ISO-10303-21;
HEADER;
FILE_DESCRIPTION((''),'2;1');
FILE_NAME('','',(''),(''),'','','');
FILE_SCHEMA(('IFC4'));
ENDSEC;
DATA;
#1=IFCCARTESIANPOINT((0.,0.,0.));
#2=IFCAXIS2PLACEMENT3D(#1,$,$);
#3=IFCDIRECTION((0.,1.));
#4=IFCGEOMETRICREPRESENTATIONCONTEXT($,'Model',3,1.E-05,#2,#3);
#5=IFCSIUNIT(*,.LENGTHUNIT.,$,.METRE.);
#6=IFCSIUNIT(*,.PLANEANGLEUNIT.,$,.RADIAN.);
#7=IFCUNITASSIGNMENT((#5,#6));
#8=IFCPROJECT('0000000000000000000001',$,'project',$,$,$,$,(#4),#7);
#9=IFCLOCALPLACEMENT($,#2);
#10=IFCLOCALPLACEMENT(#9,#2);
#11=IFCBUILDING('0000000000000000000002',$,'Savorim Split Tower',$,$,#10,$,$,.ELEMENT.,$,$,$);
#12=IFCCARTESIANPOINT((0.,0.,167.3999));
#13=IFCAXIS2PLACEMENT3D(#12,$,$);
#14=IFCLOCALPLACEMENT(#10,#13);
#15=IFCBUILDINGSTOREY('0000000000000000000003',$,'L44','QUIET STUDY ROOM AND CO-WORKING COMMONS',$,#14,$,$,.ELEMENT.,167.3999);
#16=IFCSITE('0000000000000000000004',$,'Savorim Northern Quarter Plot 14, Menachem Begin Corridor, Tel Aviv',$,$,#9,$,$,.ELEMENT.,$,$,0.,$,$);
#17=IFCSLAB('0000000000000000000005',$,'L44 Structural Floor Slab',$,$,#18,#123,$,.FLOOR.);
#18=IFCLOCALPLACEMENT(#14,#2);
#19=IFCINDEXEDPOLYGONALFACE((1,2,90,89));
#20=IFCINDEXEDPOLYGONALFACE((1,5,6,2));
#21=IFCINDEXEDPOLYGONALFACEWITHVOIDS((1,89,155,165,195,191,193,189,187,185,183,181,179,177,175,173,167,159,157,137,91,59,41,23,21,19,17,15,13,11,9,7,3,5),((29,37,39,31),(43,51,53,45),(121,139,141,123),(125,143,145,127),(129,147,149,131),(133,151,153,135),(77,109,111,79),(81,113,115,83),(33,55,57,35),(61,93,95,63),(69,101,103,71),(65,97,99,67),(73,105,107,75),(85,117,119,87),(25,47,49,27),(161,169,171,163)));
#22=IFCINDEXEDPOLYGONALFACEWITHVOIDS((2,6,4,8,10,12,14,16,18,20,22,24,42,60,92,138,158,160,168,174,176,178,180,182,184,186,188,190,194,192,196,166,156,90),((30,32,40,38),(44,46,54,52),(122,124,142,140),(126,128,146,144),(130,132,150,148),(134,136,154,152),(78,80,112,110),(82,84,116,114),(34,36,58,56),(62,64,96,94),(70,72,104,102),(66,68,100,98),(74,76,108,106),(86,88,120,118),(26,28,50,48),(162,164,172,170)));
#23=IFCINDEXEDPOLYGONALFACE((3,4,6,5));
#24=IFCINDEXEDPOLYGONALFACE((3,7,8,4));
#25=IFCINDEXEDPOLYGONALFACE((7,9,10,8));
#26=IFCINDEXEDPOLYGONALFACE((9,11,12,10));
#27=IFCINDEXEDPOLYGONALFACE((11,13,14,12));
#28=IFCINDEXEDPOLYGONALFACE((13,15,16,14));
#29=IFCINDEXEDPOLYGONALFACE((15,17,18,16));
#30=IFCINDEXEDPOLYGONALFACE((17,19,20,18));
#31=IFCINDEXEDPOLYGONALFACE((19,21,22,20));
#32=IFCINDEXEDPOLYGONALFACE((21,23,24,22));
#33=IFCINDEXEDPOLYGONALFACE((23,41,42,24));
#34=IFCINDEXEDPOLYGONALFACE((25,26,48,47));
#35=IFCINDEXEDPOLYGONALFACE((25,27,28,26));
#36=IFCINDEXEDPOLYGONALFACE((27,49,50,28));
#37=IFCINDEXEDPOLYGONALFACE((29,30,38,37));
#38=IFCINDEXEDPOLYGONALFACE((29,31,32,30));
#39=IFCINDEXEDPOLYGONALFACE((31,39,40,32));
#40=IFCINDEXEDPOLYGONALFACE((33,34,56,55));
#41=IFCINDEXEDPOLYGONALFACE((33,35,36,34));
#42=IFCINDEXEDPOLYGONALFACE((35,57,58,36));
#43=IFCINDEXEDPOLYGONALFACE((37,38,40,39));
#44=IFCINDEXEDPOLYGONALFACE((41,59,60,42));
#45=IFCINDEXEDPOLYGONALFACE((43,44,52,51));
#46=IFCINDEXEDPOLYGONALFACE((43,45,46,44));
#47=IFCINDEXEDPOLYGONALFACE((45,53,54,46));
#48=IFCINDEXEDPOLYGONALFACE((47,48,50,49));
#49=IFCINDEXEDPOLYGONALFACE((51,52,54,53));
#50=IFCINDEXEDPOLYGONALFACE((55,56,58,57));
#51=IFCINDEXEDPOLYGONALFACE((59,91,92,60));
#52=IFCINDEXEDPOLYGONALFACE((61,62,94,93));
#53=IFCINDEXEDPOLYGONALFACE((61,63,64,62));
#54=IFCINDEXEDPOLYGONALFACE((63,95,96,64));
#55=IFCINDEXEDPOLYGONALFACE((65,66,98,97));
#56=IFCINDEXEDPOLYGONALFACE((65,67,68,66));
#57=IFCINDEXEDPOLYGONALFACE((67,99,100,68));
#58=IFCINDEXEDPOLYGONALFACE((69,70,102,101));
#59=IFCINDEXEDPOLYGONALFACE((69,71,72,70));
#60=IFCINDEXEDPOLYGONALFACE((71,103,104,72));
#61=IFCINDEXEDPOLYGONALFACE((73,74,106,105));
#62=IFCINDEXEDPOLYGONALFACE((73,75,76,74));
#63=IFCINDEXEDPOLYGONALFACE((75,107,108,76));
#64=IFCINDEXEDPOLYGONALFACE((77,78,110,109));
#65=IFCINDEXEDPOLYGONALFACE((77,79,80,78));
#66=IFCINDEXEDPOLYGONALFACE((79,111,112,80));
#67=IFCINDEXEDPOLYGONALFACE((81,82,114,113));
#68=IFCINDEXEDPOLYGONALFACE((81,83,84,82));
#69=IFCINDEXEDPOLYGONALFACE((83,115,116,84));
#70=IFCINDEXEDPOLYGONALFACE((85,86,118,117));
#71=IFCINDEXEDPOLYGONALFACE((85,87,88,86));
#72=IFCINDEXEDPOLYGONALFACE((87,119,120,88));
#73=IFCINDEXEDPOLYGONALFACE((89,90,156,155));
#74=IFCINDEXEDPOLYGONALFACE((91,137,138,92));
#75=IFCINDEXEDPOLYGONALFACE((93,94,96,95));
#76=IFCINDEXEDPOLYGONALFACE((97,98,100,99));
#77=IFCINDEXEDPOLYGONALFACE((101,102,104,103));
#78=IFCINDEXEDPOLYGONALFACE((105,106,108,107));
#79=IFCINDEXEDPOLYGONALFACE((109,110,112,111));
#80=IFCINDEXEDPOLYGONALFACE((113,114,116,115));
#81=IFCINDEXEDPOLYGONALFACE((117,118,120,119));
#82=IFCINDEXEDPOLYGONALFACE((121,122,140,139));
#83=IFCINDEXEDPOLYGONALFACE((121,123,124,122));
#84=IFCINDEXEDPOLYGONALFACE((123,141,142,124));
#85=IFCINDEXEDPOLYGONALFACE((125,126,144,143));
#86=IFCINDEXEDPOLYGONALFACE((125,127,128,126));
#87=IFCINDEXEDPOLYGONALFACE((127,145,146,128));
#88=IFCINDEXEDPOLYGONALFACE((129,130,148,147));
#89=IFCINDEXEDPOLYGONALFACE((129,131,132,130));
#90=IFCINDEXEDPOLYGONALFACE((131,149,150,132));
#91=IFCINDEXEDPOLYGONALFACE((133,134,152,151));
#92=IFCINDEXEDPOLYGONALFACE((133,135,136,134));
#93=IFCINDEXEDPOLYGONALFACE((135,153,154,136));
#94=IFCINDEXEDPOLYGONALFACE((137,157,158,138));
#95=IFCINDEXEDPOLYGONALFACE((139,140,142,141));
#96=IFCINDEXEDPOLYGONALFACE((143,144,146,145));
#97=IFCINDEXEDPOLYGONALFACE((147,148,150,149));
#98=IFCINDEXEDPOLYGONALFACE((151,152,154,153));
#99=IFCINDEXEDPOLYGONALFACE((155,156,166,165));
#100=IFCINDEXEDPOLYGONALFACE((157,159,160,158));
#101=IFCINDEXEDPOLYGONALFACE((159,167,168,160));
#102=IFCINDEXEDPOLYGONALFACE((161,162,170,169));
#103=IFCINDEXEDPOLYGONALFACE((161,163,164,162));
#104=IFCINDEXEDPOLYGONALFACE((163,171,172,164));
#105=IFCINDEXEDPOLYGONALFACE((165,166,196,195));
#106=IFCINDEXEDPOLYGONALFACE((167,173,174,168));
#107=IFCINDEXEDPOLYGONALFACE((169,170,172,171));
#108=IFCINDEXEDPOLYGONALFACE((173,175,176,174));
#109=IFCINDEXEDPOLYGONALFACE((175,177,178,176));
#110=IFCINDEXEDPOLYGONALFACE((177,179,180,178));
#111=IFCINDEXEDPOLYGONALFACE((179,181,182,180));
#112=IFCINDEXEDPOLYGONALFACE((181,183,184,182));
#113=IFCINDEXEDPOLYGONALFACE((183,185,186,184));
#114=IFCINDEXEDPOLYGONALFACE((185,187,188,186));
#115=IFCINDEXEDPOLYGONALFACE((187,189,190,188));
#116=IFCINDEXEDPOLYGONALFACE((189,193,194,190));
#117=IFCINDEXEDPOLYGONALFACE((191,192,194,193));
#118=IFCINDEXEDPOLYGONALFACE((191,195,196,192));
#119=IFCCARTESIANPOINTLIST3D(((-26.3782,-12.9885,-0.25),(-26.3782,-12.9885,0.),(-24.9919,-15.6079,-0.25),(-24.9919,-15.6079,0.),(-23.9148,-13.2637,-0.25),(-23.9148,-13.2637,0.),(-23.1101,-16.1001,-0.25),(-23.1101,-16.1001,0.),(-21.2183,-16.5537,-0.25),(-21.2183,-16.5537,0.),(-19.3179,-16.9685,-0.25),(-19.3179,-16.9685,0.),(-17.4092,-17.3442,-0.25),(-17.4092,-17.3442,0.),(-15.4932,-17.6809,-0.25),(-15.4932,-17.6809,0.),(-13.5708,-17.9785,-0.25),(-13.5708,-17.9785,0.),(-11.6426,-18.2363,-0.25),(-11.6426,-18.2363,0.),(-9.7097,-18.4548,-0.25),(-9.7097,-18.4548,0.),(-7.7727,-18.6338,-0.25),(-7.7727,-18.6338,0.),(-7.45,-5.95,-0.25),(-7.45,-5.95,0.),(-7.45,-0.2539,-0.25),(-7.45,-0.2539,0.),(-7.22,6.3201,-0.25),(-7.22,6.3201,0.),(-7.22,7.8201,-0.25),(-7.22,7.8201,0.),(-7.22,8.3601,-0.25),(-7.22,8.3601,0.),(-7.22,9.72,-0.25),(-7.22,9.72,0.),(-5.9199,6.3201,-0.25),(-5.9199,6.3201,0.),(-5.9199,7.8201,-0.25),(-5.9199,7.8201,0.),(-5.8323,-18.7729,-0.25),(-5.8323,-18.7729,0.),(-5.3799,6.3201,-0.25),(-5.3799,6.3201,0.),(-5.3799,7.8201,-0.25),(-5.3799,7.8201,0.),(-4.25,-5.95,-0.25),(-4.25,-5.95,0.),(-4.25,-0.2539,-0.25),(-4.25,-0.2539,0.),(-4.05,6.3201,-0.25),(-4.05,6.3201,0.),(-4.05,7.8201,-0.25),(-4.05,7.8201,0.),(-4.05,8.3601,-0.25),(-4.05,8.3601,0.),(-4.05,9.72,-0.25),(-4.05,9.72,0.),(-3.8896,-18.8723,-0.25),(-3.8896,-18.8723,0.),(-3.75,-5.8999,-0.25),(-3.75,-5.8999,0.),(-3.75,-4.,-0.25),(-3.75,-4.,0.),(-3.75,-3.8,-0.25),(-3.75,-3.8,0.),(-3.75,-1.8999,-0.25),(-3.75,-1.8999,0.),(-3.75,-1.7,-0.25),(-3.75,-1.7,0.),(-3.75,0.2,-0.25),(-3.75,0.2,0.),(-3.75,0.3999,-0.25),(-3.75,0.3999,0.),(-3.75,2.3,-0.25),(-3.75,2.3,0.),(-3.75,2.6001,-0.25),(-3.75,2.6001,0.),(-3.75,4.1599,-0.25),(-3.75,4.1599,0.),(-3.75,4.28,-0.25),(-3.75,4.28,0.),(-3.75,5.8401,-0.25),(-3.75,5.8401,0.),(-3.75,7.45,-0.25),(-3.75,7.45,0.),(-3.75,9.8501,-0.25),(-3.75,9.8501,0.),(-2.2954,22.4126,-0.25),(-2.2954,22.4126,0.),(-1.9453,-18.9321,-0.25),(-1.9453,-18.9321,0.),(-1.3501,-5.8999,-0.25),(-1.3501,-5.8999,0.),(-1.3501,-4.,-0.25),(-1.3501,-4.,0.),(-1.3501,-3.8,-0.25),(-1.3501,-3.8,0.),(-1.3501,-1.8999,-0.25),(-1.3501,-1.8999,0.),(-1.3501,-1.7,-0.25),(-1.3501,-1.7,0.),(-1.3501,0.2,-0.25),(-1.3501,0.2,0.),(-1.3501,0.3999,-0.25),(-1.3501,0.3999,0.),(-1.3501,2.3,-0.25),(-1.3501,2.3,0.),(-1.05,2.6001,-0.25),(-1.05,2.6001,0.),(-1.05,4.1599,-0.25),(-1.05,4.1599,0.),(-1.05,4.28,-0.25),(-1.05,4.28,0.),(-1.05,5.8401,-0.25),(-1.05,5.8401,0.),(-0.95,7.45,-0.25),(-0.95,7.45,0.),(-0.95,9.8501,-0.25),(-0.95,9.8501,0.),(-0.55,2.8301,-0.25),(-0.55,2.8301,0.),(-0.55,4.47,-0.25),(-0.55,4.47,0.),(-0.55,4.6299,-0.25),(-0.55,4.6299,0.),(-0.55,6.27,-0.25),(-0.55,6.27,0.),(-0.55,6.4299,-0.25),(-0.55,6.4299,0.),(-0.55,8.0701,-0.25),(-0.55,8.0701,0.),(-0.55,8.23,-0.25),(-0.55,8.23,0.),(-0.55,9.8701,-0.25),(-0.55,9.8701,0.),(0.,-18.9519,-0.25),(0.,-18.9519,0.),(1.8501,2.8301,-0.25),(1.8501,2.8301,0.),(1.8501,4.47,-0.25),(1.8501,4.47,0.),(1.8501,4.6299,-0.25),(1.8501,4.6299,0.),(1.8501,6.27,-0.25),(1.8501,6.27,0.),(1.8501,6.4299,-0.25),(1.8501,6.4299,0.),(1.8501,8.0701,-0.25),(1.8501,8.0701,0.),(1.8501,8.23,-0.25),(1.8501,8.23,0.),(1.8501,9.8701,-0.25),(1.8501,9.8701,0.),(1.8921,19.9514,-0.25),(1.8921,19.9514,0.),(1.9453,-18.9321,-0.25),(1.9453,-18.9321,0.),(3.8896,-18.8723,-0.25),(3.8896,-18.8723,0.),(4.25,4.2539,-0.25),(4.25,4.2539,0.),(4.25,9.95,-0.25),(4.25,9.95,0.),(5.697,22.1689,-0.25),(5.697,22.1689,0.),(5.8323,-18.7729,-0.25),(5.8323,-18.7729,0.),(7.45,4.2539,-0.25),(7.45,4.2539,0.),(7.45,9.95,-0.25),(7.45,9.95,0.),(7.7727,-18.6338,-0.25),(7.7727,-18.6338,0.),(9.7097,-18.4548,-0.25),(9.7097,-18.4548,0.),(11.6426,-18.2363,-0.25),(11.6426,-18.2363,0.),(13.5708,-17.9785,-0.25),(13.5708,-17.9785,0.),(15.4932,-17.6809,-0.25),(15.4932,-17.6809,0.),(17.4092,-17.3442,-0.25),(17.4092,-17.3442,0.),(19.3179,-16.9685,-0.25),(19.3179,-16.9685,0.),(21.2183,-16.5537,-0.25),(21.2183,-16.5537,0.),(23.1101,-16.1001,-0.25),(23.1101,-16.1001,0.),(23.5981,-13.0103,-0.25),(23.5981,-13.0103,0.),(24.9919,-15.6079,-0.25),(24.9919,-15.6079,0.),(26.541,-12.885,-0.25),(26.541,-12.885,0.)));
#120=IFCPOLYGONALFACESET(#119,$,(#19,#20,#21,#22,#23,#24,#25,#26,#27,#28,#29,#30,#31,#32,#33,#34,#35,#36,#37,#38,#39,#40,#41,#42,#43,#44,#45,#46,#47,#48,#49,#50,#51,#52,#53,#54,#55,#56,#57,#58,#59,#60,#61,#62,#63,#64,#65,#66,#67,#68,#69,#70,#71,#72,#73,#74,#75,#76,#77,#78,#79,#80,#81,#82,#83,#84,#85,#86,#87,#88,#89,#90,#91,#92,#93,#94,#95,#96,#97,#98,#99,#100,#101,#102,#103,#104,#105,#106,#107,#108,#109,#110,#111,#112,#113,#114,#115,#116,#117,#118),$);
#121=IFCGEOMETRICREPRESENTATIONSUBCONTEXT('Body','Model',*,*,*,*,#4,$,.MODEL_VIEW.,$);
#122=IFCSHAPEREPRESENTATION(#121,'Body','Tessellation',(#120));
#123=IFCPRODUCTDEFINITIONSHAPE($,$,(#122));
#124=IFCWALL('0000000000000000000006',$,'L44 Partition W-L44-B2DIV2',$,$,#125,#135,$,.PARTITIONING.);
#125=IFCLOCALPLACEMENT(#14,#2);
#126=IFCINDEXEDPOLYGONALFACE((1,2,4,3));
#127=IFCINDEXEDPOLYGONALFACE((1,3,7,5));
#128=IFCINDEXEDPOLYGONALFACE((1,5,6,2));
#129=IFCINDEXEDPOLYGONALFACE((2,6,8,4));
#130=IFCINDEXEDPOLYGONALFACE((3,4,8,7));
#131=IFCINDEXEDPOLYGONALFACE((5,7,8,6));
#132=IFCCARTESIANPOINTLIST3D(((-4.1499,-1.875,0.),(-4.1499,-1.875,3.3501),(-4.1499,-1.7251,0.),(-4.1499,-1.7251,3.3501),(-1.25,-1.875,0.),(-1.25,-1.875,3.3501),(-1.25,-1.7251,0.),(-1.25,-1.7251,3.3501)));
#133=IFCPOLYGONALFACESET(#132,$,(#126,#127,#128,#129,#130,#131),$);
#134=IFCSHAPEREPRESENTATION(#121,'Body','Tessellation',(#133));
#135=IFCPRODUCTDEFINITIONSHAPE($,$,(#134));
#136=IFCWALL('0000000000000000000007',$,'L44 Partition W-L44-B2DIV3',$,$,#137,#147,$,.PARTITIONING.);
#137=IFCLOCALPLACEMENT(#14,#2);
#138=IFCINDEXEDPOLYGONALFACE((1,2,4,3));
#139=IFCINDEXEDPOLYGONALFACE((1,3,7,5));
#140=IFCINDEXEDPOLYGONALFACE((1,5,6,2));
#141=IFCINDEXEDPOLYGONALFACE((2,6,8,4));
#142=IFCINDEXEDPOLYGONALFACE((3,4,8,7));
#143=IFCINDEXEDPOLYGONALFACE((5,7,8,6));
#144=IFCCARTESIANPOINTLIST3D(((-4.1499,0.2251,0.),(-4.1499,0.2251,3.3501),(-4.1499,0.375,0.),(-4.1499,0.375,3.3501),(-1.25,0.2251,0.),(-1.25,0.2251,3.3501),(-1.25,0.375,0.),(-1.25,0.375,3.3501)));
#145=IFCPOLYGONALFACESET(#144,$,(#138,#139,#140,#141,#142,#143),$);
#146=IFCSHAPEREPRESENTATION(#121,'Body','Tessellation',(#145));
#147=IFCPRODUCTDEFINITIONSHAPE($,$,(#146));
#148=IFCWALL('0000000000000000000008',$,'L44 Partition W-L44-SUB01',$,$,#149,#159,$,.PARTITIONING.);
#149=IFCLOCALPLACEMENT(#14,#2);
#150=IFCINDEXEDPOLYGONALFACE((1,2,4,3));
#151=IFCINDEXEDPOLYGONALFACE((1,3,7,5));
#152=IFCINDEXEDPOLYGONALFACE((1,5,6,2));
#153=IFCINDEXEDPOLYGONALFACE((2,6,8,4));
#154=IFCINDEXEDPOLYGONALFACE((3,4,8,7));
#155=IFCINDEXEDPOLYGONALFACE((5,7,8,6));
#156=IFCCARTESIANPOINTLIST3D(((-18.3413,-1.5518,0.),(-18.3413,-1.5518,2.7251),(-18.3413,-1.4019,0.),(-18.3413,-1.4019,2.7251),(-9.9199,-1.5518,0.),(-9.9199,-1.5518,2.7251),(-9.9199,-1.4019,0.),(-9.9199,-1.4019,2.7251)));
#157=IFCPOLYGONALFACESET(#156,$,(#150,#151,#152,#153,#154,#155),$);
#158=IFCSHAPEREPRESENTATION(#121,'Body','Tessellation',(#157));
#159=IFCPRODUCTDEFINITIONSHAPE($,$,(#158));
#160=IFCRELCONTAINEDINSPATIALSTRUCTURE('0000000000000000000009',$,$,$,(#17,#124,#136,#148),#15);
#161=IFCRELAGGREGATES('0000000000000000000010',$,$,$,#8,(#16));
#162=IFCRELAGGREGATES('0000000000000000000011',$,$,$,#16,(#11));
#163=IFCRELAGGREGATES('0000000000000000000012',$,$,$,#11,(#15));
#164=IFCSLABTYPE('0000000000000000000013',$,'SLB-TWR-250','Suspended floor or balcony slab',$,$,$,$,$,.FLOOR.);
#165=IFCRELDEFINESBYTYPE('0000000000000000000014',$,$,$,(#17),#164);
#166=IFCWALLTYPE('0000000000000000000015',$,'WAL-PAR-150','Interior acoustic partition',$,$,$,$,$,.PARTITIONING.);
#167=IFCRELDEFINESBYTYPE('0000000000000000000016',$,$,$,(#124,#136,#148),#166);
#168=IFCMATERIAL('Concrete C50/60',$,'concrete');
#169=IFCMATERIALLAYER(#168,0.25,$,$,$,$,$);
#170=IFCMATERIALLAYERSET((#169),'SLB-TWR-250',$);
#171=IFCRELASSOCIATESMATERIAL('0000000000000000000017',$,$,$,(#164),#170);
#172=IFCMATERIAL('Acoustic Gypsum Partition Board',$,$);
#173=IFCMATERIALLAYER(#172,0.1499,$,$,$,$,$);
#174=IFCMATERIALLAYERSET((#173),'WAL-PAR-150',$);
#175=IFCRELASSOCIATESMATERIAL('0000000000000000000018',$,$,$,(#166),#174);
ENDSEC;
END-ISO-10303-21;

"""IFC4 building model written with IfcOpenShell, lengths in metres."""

from ifc_helpers import new_model, si_unit, direction, frame, frame_2d, origin, place, context, subcontext, project, spatial, polyline, rectangle, outline, extrude, material, layer, layer_set, type_object, element, save


model = new_model("IFC4")

# Units and contexts
model_context = context("Model", 3, precision=1e-05, world=origin(), true_north=direction((0.0, 1.0)))
body_context = subcontext(model_context, "Body", "Model", "MODEL_VIEW")
ifc_project = project(units=[si_unit("LENGTHUNIT", "METRE"), si_unit("PLANEANGLEUNIT", "RADIAN")], contexts=[model_context])

# Site, building, storey
site_placement = place(None, origin())
site = spatial("IfcSite", under=ifc_project, at=site_placement, Name="Savorim Northern Quarter Plot 14, Menachem Begin Corridor, Tel Aviv", CompositionType="ELEMENT", RefElevation=0.0)
building_placement = place(site_placement, origin())
building = spatial("IfcBuilding", under=site, at=building_placement, Name="Savorim Split Tower", CompositionType="ELEMENT")
storey_placement = place(building_placement, frame((0.0, 0.0, 167.3999)))
storey = spatial("IfcBuildingStorey", under=building, at=storey_placement, Name="L44", Description="QUIET STUDY ROOM AND CO-WORKING COMMONS", CompositionType="ELEMENT", Elevation=167.3999)

# Slab
ifc_material_1 = material(Name="Concrete C50/60", Category="concrete")
ifc_layer_1 = layer(ifc_material_1, 0.25)
ifc_layer_set_1 = layer_set([ifc_layer_1], Name="SLB-TWR-250")
slab_type_1 = type_object("IfcSlabType", Name="SLB-TWR-250", Description="Suspended floor or balcony slab", PredefinedType="FLOOR", material=ifc_layer_set_1)
slab_1_placement = place(storey_placement, frame((0.0, 0.0, -0.25)))
element("IfcSlab", 1, at=slab_1_placement, inside=storey, type_object=slab_type_1, Name="L44 Structural Floor Slab", PredefinedType="FLOOR", context=body_context, shape_type="SweptSolid", body=[
    extrude(outline(polyline([(-24.9919, -15.6079), (-23.1101, -16.1001), (-21.2183, -16.5537), (-19.3179, -16.9685), (-17.4092, -17.3442), (-15.4932, -17.6809), (-13.5708, -17.9785), (-11.6426, -18.2363), (-9.7097, -18.4548), (-7.7727, -18.6338), (-5.8323, -18.7729), (-3.8896, -18.8723), (-1.9453, -18.9321), (0.0, -18.9519), (1.9453, -18.9321), (3.8896, -18.8723), (5.8323, -18.7729), (7.7727, -18.6338), (9.7097, -18.4548), (11.6426, -18.2363), (13.5708, -17.9785), (15.4932, -17.6809), (17.4092, -17.3442), (19.3179, -16.9685), (21.2183, -16.5537), (23.1101, -16.1001), (24.9919, -15.6079), (23.5981, -13.0103), (26.541, -12.885), (5.697, 22.1689), (1.8921, 19.9514), (-2.2954, 22.4126), (-26.3782, -12.9885), (-23.9148, -13.2637), (-24.9919, -15.6079)]), holes=[polyline([(-7.45, -0.2539), (-7.45, -5.95), (-4.25, -5.95), (-4.25, -0.2539), (-7.45, -0.2539)]), polyline([(7.45, 4.2539), (7.45, 9.95), (4.25, 9.95), (4.25, 4.2539), (7.45, 4.2539)]), polyline([(-3.75, -5.8999), (-1.3501, -5.8999), (-1.3501, -4.0), (-3.75, -4.0), (-3.75, -5.8999)]), polyline([(-3.75, -3.8), (-1.3501, -3.8), (-1.3501, -1.8999), (-3.75, -1.8999), (-3.75, -3.8)]), polyline([(-3.75, -1.7), (-1.3501, -1.7), (-1.3501, 0.2), (-3.75, 0.2), (-3.75, -1.7)]), polyline([(-3.75, 0.3999), (-1.3501, 0.3999), (-1.3501, 2.3), (-3.75, 2.3), (-3.75, 0.3999)]), polyline([(-0.55, 2.8301), (1.8501, 2.8301), (1.8501, 4.47), (-0.55, 4.47), (-0.55, 2.8301)]), polyline([(-0.55, 4.6299), (1.8501, 4.6299), (1.8501, 6.27), (-0.55, 6.27), (-0.55, 4.6299)]), polyline([(-0.55, 6.4299), (1.8501, 6.4299), (1.8501, 8.0701), (-0.55, 8.0701), (-0.55, 6.4299)]), polyline([(-0.55, 8.23), (1.8501, 8.23), (1.8501, 9.8701), (-0.55, 9.8701), (-0.55, 8.23)]), polyline([(-3.75, 2.6001), (-1.05, 2.6001), (-1.05, 4.1599), (-3.75, 4.1599), (-3.75, 2.6001)]), polyline([(-3.75, 4.28), (-1.05, 4.28), (-1.05, 5.8401), (-3.75, 5.8401), (-3.75, 4.28)]), polyline([(-3.75, 7.45), (-0.95, 7.45), (-0.95, 9.8501), (-3.75, 9.8501), (-3.75, 7.45)]), polyline([(-7.22, 6.3201), (-5.9199, 6.3201), (-5.9199, 7.8201), (-7.22, 7.8201), (-7.22, 6.3201)]), polyline([(-5.3799, 6.3201), (-4.05, 6.3201), (-4.05, 7.8201), (-5.3799, 7.8201), (-5.3799, 6.3201)]), polyline([(-7.22, 8.3601), (-4.05, 8.3601), (-4.05, 9.72), (-7.22, 9.72), (-7.22, 8.3601)])]), origin(), (0.0, 0.0, 1.0), 0.25),
])

# Walls
ifc_material_2 = material(Name="Acoustic Gypsum Partition Board")
ifc_layer_2 = layer(ifc_material_2, 0.1499)
ifc_layer_set_2 = layer_set([ifc_layer_2], Name="WAL-PAR-150")
wall_type_1 = type_object("IfcWallType", Name="WAL-PAR-150", Description="Interior acoustic partition", PredefinedType="PARTITIONING", material=ifc_layer_set_2)
for number, where, z_axis, x_axis, name in (
    (2, (-4.1499, -1.8, 0.0), (0.0, 0.0, 1.0), (1.0, 0.0, 0.0), "L44 Partition W-L44-B2DIV2"),
    (3, (-4.1499, 0.3, 0.0), (0.0, 0.0, 1.0), (1.0, 0.0, 0.0), "L44 Partition W-L44-B2DIV3"),
):
    element("IfcWall", number, at=place(storey_placement, frame(where, z_axis=z_axis, x_axis=x_axis)), inside=storey, type_object=wall_type_1, Name=name, PredefinedType="PARTITIONING", context=body_context, shape_type="SweptSolid", body=[
        extrude(rectangle(XDim=2.8999, YDim=0.1499, at=frame_2d((1.45, 0.0))), origin(), (0.0, 0.0, 1.0), 3.3501),
    ])
wall_1_placement = place(storey_placement, frame((-9.9199, -1.4768, 0.0), z_axis=(0.0, 0.0, 1.0), x_axis=(-1.0, 0.0, 0.0)))
element("IfcWall", 4, at=wall_1_placement, inside=storey, type_object=wall_type_1, Name="L44 Partition W-L44-SUB01", PredefinedType="PARTITIONING", context=body_context, shape_type="SweptSolid", body=[
    extrude(rectangle(XDim=8.4214, YDim=0.1499, at=frame_2d((4.2107, 0.0))), origin(), (0.0, 0.0, 1.0), 2.7251),
])

save(model, "model.ifc")
